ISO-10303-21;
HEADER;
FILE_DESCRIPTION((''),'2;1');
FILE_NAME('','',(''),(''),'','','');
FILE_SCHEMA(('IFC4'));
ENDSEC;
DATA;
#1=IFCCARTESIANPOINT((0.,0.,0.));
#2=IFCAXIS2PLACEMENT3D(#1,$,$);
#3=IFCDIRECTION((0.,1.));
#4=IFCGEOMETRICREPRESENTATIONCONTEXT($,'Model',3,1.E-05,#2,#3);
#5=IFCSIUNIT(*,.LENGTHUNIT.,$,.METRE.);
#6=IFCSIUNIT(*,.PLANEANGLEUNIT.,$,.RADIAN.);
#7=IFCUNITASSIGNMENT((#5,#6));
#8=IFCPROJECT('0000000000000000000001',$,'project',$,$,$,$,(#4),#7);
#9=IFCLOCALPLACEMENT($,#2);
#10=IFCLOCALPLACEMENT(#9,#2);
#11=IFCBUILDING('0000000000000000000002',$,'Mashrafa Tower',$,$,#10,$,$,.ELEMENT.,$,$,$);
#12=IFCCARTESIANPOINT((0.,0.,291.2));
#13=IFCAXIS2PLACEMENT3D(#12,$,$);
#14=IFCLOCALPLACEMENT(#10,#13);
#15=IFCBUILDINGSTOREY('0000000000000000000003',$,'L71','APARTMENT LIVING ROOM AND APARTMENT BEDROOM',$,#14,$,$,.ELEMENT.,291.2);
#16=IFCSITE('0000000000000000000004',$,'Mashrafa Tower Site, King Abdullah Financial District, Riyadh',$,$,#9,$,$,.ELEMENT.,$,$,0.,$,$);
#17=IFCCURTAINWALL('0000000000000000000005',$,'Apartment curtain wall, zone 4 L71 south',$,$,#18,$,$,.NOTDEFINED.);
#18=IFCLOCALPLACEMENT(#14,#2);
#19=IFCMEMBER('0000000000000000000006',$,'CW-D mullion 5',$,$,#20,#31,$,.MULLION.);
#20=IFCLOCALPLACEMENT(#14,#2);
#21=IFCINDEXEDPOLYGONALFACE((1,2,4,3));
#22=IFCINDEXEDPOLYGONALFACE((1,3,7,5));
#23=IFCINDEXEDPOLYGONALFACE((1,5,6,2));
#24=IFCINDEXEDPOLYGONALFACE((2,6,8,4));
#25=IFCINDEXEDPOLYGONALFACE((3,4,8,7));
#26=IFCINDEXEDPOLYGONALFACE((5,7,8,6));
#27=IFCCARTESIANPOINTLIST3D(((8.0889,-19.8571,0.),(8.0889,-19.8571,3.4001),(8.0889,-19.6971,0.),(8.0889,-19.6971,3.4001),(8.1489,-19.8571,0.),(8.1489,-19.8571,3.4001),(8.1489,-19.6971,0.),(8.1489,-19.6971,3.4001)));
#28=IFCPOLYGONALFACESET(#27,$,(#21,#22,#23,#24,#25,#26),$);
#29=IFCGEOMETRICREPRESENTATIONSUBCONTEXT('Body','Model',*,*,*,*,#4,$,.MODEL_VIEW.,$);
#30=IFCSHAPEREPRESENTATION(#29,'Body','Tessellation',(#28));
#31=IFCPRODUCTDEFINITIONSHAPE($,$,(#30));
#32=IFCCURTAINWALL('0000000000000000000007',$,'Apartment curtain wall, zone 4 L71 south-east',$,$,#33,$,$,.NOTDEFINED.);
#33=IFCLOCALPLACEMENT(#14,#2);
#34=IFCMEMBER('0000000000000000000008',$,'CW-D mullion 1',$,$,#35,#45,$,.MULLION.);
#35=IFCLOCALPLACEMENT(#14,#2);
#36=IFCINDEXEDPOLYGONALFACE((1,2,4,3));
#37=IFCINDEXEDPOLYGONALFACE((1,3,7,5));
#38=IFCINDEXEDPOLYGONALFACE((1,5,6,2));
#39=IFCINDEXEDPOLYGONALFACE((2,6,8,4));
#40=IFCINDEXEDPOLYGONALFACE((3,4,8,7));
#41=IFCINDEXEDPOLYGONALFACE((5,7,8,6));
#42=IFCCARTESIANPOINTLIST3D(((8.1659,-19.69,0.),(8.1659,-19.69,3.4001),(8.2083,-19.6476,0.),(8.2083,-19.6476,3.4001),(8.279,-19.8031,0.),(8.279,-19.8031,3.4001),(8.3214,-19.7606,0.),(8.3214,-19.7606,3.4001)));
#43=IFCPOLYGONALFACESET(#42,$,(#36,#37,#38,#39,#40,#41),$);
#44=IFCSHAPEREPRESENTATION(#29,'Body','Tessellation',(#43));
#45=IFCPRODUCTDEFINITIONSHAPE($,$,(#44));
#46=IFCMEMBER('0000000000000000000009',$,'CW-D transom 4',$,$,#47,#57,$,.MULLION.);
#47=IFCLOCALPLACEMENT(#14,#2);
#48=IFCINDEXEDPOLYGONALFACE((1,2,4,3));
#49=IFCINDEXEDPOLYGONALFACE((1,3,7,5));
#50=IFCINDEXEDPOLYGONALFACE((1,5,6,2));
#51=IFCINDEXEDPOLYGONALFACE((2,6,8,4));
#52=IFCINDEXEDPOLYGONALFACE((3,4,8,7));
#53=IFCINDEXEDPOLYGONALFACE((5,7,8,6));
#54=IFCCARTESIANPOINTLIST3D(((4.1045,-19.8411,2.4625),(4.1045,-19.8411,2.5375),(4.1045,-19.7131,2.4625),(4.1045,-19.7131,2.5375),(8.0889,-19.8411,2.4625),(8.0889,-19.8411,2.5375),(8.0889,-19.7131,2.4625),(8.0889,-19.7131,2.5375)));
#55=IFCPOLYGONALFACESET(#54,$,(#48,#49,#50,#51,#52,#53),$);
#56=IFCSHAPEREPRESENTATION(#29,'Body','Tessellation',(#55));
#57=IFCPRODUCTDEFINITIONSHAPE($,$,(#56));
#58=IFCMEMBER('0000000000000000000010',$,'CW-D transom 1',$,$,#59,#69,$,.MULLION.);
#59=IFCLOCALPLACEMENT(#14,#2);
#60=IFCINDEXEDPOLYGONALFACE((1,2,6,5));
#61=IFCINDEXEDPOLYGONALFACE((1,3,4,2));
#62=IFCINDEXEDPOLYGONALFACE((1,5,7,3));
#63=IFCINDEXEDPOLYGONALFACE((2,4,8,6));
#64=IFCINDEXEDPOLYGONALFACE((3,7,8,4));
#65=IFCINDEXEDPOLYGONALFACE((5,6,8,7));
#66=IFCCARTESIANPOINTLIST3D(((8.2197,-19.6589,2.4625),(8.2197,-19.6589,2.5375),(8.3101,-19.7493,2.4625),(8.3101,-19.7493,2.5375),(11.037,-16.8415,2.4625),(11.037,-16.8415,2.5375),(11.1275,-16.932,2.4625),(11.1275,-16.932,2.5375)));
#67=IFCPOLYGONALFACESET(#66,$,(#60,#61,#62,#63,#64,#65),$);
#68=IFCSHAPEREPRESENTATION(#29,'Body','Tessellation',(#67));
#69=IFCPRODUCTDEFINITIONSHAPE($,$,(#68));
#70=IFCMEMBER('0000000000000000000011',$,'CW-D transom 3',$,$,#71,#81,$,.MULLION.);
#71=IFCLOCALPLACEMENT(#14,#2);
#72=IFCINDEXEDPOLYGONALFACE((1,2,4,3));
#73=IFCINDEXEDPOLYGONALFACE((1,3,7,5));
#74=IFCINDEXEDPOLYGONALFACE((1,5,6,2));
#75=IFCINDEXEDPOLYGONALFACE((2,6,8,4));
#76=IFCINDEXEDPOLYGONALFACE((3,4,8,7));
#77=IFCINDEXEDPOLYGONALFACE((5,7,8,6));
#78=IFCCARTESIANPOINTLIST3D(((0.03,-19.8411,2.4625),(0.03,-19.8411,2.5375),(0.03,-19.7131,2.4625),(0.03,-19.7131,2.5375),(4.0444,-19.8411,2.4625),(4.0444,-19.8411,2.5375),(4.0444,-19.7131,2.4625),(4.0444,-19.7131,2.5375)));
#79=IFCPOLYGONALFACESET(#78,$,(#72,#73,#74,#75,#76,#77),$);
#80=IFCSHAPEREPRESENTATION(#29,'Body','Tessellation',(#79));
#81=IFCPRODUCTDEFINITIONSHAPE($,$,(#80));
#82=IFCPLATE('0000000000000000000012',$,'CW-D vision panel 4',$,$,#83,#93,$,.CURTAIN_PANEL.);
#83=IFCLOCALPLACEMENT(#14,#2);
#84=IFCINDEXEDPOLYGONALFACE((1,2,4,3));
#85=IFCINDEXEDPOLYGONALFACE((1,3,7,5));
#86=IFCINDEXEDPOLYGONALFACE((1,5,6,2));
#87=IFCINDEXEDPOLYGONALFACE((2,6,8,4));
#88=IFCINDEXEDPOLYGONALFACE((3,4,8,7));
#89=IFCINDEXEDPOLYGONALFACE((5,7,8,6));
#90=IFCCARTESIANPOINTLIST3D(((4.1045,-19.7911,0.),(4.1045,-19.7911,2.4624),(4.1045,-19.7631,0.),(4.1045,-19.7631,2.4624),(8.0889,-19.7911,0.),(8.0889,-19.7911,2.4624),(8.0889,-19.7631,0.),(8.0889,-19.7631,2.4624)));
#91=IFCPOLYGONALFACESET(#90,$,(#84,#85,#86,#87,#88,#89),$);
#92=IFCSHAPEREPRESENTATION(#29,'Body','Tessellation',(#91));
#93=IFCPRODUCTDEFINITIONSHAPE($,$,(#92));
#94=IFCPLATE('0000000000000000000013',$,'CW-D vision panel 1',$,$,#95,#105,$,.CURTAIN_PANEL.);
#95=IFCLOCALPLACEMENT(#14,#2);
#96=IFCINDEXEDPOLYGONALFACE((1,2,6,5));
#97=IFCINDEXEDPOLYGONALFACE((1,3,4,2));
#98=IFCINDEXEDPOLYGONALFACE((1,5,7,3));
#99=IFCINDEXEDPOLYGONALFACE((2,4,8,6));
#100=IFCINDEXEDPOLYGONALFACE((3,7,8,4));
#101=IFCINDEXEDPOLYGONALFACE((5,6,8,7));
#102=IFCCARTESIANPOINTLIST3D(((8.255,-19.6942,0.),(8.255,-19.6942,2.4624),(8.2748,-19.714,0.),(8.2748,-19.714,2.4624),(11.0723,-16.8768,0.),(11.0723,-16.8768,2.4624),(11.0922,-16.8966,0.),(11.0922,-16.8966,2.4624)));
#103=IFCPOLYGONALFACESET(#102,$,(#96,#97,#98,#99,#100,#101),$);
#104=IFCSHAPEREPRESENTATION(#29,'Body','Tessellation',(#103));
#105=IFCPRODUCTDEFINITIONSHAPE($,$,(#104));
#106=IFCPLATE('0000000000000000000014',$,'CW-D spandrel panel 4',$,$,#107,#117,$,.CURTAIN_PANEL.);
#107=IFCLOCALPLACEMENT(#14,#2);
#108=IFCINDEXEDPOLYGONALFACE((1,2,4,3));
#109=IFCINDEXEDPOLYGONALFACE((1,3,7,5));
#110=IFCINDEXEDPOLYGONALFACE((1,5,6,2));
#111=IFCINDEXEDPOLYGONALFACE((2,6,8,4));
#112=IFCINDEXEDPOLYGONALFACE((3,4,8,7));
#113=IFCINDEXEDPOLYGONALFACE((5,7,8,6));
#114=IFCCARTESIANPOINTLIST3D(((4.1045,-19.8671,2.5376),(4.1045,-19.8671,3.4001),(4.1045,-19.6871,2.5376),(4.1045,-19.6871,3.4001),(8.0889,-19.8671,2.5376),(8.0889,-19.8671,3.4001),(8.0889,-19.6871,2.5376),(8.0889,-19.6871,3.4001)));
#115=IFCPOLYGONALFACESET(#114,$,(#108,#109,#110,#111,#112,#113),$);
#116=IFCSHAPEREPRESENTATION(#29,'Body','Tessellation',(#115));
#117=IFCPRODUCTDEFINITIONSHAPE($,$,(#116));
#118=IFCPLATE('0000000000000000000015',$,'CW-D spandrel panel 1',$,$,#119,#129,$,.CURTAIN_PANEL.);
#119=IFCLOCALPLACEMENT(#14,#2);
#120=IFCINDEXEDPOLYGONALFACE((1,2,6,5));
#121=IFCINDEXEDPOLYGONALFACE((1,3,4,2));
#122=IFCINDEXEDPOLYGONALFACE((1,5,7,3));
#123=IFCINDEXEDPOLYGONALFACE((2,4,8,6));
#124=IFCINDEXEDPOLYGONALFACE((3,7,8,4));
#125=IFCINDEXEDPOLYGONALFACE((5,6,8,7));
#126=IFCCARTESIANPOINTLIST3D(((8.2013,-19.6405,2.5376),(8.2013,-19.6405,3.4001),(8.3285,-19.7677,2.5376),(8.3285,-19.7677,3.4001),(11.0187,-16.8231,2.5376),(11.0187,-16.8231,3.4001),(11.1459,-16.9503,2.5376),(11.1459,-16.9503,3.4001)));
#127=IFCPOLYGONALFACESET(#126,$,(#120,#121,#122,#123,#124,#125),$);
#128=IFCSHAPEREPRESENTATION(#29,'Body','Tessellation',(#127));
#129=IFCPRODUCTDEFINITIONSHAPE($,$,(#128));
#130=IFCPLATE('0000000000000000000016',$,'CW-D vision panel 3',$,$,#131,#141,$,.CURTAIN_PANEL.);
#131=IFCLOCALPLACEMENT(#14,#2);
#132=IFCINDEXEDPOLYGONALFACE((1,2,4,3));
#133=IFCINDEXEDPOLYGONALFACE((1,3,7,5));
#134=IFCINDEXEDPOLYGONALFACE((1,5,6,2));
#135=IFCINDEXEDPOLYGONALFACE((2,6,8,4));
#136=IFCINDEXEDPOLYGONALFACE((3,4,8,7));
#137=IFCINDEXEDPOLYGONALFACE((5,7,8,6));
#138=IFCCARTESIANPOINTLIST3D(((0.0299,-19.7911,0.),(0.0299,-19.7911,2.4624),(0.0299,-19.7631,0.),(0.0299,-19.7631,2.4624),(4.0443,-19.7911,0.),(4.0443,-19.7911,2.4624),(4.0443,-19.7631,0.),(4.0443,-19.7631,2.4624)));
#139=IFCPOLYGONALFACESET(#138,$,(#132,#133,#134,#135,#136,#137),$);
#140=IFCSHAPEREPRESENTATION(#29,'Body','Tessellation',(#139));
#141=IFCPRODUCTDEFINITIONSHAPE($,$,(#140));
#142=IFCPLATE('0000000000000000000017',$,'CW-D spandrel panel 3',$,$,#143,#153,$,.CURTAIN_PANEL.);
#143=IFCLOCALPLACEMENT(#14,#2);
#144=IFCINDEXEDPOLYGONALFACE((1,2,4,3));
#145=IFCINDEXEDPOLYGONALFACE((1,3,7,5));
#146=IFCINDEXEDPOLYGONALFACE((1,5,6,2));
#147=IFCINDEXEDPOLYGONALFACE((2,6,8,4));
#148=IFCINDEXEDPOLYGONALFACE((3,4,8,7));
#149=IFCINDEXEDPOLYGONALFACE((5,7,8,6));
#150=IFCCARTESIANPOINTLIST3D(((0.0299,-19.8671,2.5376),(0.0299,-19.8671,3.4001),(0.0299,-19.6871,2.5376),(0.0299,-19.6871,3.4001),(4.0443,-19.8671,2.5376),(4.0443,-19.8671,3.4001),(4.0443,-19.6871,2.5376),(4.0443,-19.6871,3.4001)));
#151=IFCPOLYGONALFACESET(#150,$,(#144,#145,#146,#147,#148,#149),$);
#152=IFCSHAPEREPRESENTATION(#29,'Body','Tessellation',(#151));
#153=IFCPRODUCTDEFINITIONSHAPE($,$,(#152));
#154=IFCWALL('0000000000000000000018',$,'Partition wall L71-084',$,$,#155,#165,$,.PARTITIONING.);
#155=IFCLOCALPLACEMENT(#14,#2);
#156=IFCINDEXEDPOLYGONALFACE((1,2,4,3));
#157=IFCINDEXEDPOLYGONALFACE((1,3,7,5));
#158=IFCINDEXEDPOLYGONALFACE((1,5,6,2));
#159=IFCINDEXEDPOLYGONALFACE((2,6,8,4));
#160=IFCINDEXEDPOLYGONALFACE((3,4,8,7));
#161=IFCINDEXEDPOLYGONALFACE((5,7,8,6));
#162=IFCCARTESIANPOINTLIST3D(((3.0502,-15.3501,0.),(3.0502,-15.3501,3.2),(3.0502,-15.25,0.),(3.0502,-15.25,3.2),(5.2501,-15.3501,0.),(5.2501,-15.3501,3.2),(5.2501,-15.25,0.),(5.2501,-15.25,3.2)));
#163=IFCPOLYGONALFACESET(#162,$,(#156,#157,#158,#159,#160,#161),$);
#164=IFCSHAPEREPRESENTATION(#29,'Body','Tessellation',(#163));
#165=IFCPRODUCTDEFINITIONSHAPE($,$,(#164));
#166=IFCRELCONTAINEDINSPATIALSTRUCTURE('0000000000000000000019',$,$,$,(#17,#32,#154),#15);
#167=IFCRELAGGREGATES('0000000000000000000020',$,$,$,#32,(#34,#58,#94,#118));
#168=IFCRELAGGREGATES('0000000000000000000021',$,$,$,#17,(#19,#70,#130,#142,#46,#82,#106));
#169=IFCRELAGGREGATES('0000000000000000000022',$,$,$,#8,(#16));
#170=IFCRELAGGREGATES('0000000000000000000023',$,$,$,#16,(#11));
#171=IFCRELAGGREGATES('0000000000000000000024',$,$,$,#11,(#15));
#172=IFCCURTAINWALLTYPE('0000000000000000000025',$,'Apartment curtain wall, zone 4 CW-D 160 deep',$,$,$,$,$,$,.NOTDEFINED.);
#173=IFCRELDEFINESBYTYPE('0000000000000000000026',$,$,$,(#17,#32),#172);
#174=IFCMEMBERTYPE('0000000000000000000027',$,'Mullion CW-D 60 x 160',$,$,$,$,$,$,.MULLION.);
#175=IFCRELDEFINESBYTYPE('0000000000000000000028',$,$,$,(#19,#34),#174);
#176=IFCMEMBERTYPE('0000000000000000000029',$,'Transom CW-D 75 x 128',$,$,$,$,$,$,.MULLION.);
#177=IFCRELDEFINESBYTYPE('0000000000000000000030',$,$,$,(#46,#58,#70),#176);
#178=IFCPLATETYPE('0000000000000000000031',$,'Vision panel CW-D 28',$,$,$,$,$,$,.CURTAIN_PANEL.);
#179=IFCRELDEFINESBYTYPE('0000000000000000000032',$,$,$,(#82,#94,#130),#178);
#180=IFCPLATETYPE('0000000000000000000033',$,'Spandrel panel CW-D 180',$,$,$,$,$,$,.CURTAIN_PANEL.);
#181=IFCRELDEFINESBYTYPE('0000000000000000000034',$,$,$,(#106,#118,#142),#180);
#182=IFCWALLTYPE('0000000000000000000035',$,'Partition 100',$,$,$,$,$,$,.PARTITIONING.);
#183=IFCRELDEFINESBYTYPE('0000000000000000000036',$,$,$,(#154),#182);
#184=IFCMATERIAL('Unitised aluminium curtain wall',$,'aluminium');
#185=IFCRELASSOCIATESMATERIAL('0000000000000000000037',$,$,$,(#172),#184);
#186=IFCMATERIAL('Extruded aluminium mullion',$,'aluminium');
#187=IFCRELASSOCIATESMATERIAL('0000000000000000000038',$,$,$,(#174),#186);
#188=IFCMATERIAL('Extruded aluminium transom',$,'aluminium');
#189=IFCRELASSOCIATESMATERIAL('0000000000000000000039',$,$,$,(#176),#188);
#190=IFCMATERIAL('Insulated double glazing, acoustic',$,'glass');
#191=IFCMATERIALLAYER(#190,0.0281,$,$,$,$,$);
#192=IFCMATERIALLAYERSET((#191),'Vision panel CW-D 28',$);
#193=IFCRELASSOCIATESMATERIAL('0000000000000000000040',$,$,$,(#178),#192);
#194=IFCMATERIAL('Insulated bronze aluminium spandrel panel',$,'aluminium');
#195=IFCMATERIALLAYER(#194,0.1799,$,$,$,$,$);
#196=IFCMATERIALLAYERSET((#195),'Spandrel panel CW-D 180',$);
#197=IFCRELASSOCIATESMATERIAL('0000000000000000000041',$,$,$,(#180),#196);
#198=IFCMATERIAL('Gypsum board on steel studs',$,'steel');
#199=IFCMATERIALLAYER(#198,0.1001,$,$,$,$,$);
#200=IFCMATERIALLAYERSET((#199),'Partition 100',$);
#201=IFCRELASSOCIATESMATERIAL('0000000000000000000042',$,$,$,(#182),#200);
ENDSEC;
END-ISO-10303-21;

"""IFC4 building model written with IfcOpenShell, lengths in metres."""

from ifc_helpers import new_model, si_unit, direction, frame, frame_2d, origin, origin_2d, place, context, subcontext, project, spatial, rectangle, extrude, source, transform, mapped, material, layer, layer_set, material_profile, profile_set, type_object, type_shapes, element, aggregate, save


model = new_model("IFC4")

# Units and contexts
model_context = context("Model", 3, precision=1e-05, world=origin(), true_north=direction((0.0, 1.0)))
body_context = subcontext(model_context, "Body", "Model", "MODEL_VIEW")
ifc_project = project(units=[si_unit("LENGTHUNIT", "METRE"), si_unit("PLANEANGLEUNIT", "RADIAN")], contexts=[model_context])

# Site, building, storey
site_placement = place(None, origin())
site = spatial("IfcSite", under=ifc_project, at=site_placement, Name="Mashrafa Tower Site, King Abdullah Financial District, Riyadh", CompositionType="ELEMENT", RefElevation=0.0)
building_placement = place(site_placement, origin())
building = spatial("IfcBuilding", under=site, at=building_placement, Name="Mashrafa Tower", CompositionType="ELEMENT")
storey_placement = place(building_placement, frame((0.0, 0.0, 291.2)))
storey = spatial("IfcBuildingStorey", under=building, at=storey_placement, Name="L71", Description="APARTMENT LIVING ROOM AND APARTMENT BEDROOM", CompositionType="ELEMENT", Elevation=291.2)

# Curtain wall, member
ifc_material_1 = material(Name="Unitised aluminium curtain wall", Category="aluminium")
curtain_wall_type = type_object("IfcCurtainWallType", Name="Apartment curtain wall, zone 4 CW-D 160 deep", PredefinedType="NOTDEFINED", material=ifc_material_1)
curtain_wall_1_placement = place(storey_placement, origin())
curtain_wall_1 = element("IfcCurtainWall", 1, at=curtain_wall_1_placement, inside=storey, type_object=curtain_wall_type, Name="Apartment curtain wall, zone 4 L71 south", PredefinedType="NOTDEFINED")
ifc_material_2 = material(Name="Extruded aluminium mullion", Category="aluminium")
ifc_material_profile_1 = material_profile(ifc_material_2, rectangle(XDim=0.1599, YDim=0.0601, at=origin_2d()), Name="Mullion 60x160")
ifc_profile_set_1 = profile_set([ifc_material_profile_1], Name="Extruded aluminium mullion")
member_type_1 = type_object("IfcMemberType", Name="Mullion CW-D 60 x 160", PredefinedType="MULLION", material=ifc_profile_set_1)
shared_shape_1 = source(origin(), body_context, "Body", "SweptSolid", [
    extrude(rectangle(XDim=0.1599, YDim=0.0601, at=origin_2d()), origin(), (0.0, 0.0, 1.0), 3.4001),
])
type_shapes(member_type_1, [shared_shape_1])
member_1_placement = place(storey_placement, frame((8.1189, -19.7771, 0.0), z_axis=(0.0, 0.0, 1.0), x_axis=(0.0, 1.0, 0.0)))
member_1 = element("IfcMember", 2, at=member_1_placement, type_object=member_type_1, Name="CW-D mullion 5", PredefinedType="MULLION", context=body_context, shape_type="MappedRepresentation", body=[
    mapped(shared_shape_1, transform((0.0, 0.0, 0.0))),
])

# Curtain wall, member
curtain_wall_2_placement = place(storey_placement, origin())
curtain_wall_2 = element("IfcCurtainWall", 3, at=curtain_wall_2_placement, inside=storey, type_object=curtain_wall_type, Name="Apartment curtain wall, zone 4 L71 south-east", PredefinedType="NOTDEFINED")
member_2_placement = place(storey_placement, frame((8.2437, -19.7253, 0.0), z_axis=(0.0, 0.0, 1.0), x_axis=(-0.707107, 0.707107, 0.0)))
member_2 = element("IfcMember", 4, at=member_2_placement, type_object=member_type_1, Name="CW-D mullion 1", PredefinedType="MULLION", context=body_context, shape_type="MappedRepresentation", body=[
    mapped(shared_shape_1, transform((0.0, 0.0, 0.0))),
])

# Members
ifc_material_3 = material(Name="Extruded aluminium transom", Category="aluminium")
ifc_material_profile_2 = material_profile(ifc_material_3, rectangle(XDim=0.1279, YDim=0.075, at=origin_2d()), Name="Transom 75x128")
ifc_profile_set_2 = profile_set([ifc_material_profile_2], Name="Extruded aluminium transom")
member_type_2 = type_object("IfcMemberType", Name="Transom CW-D 75 x 128", PredefinedType="MULLION", material=ifc_profile_set_2)
shared_shape_2 = source(origin(), body_context, "Body", "SweptSolid", [
    extrude(rectangle(XDim=0.1279, YDim=0.075, at=origin_2d()), origin(), (0.0, 0.0, 1.0), 3.9844),
])
member_3_placement = place(storey_placement, frame((4.1045, -19.7771, 2.5), z_axis=(1.0, 0.0, 0.0), x_axis=(0.0, 1.0, 0.0)))
member_3 = element("IfcMember", 5, at=member_3_placement, type_object=member_type_2, Name="CW-D transom 4", PredefinedType="MULLION", context=body_context, shape_type="MappedRepresentation", body=[
    mapped(shared_shape_2, transform((0.0, 0.0, 0.0))),
])
member_4_placement = place(storey_placement, frame((8.2649, -19.7041, 2.5), z_axis=(0.707107, 0.707107, 0.0), x_axis=(-0.707107, 0.707107, 0.0)))
member_4 = element("IfcMember", 6, at=member_4_placement, type_object=member_type_2, Name="CW-D transom 1", PredefinedType="MULLION", context=body_context, shape_type="MappedRepresentation", body=[
    mapped(shared_shape_2, transform((0.0, 0.0, 0.0))),
])
shared_shape_3 = source(origin(), body_context, "Body", "SweptSolid", [
    extrude(rectangle(XDim=0.1279, YDim=0.075, at=origin_2d()), origin(), (0.0, 0.0, 1.0), 4.0144),
])
type_shapes(member_type_2, [shared_shape_2, shared_shape_3])
member_5_placement = place(storey_placement, frame((0.03, -19.7771, 2.5), z_axis=(1.0, 0.0, 0.0), x_axis=(0.0, 1.0, 0.0)))
member_5 = element("IfcMember", 7, at=member_5_placement, type_object=member_type_2, Name="CW-D transom 3", PredefinedType="MULLION", context=body_context, shape_type="MappedRepresentation", body=[
    mapped(shared_shape_3, transform((0.0, 0.0, 0.0))),
])

# Plates
ifc_material_4 = material(Name="Insulated double glazing, acoustic", Category="glass")
ifc_layer_1 = layer(ifc_material_4, 0.0281)
ifc_layer_set_1 = layer_set([ifc_layer_1], Name="Vision panel CW-D 28")
plate_type_1 = type_object("IfcPlateType", Name="Vision panel CW-D 28", PredefinedType="CURTAIN_PANEL", material=ifc_layer_set_1)
shared_shape_4 = source(origin(), body_context, "Body", "SweptSolid", [
    extrude(rectangle(XDim=3.9844, YDim=0.0281, at=origin_2d()), origin(), (0.0, 0.0, 1.0), 2.4624),
])
plate_1_placement = place(storey_placement, frame((6.0967, -19.7771, 0.0), z_axis=(0.0, 0.0, 1.0), x_axis=(1.0, 0.0, 0.0)))
plate_1 = element("IfcPlate", 8, at=plate_1_placement, type_object=plate_type_1, Name="CW-D vision panel 4", PredefinedType="CURTAIN_PANEL", context=body_context, shape_type="MappedRepresentation", body=[
    mapped(shared_shape_4, transform((0.0, 0.0, 0.0))),
])
plate_2_placement = place(storey_placement, frame((9.6736, -18.2954, 0.0), z_axis=(0.0, 0.0, 1.0), x_axis=(0.707107, 0.707107, 0.0)))
plate_2 = element("IfcPlate", 9, at=plate_2_placement, type_object=plate_type_1, Name="CW-D vision panel 1", PredefinedType="CURTAIN_PANEL", context=body_context, shape_type="MappedRepresentation", body=[
    mapped(shared_shape_4, transform((0.0, 0.0, 0.0))),
])
ifc_material_5 = material(Name="Insulated bronze aluminium spandrel panel", Category="aluminium")
ifc_layer_2 = layer(ifc_material_5, 0.1799)
ifc_layer_set_2 = layer_set([ifc_layer_2], Name="Spandrel panel CW-D 180")
plate_type_2 = type_object("IfcPlateType", Name="Spandrel panel CW-D 180", PredefinedType="CURTAIN_PANEL", material=ifc_layer_set_2)
shared_shape_5 = source(origin(), body_context, "Body", "SweptSolid", [
    extrude(rectangle(XDim=3.9844, YDim=0.1799, at=origin_2d()), origin(), (0.0, 0.0, 1.0), 0.8625),
])
plate_3_placement = place(storey_placement, frame((6.0967, -19.7771, 2.5376), z_axis=(0.0, 0.0, 1.0), x_axis=(1.0, 0.0, 0.0)))
plate_3 = element("IfcPlate", 10, at=plate_3_placement, type_object=plate_type_2, Name="CW-D spandrel panel 4", PredefinedType="CURTAIN_PANEL", context=body_context, shape_type="MappedRepresentation", body=[
    mapped(shared_shape_5, transform((0.0, 0.0, 0.0))),
])
plate_4_placement = place(storey_placement, frame((9.6736, -18.2954, 2.5376), z_axis=(0.0, 0.0, 1.0), x_axis=(0.707107, 0.707107, 0.0)))
plate_4 = element("IfcPlate", 11, at=plate_4_placement, type_object=plate_type_2, Name="CW-D spandrel panel 1", PredefinedType="CURTAIN_PANEL", context=body_context, shape_type="MappedRepresentation", body=[
    mapped(shared_shape_5, transform((0.0, 0.0, 0.0))),
])
aggregate(curtain_wall_2, [member_2, member_4, plate_2, plate_4])
shared_shape_6 = source(origin(), body_context, "Body", "SweptSolid", [
    extrude(rectangle(XDim=4.0144, YDim=0.0281, at=origin_2d()), origin(), (0.0, 0.0, 1.0), 2.4624),
])
type_shapes(plate_type_1, [shared_shape_4, shared_shape_6])
plate_5_placement = place(storey_placement, frame((2.0371, -19.7771, 0.0), z_axis=(0.0, 0.0, 1.0), x_axis=(1.0, 0.0, 0.0)))
plate_5 = element("IfcPlate", 12, at=plate_5_placement, type_object=plate_type_1, Name="CW-D vision panel 3", PredefinedType="CURTAIN_PANEL", context=body_context, shape_type="MappedRepresentation", body=[
    mapped(shared_shape_6, transform((0.0, 0.0, 0.0))),
])
shared_shape_7 = source(origin(), body_context, "Body", "SweptSolid", [
    extrude(rectangle(XDim=4.0144, YDim=0.1799, at=origin_2d()), origin(), (0.0, 0.0, 1.0), 0.8625),
])
type_shapes(plate_type_2, [shared_shape_5, shared_shape_7])
plate_6_placement = place(storey_placement, frame((2.0371, -19.7771, 2.5376), z_axis=(0.0, 0.0, 1.0), x_axis=(1.0, 0.0, 0.0)))
plate_6 = element("IfcPlate", 13, at=plate_6_placement, type_object=plate_type_2, Name="CW-D spandrel panel 3", PredefinedType="CURTAIN_PANEL", context=body_context, shape_type="MappedRepresentation", body=[
    mapped(shared_shape_7, transform((0.0, 0.0, 0.0))),
])
aggregate(curtain_wall_1, [member_1, member_5, plate_5, plate_6, member_3, plate_1, plate_3])

# Wall
ifc_material_6 = material(Name="Gypsum board on steel studs", Category="steel")
ifc_layer_3 = layer(ifc_material_6, 0.1001)
ifc_layer_set_3 = layer_set([ifc_layer_3], Name="Partition 100")
wall_type = type_object("IfcWallType", Name="Partition 100", PredefinedType="PARTITIONING", material=ifc_layer_set_3)
wall_1_placement = place(storey_placement, frame((3.05, -15.3, 0.0), z_axis=(0.0, 0.0, 1.0), x_axis=(1.0, 0.0, 0.0)))
element("IfcWall", 14, at=wall_1_placement, inside=storey, type_object=wall_type, Name="Partition wall L71-084", PredefinedType="PARTITIONING", context=body_context, shape_type="SweptSolid", body=[
    extrude(rectangle(XDim=2.2, YDim=0.1001, at=frame_2d((1.1001, 0.0))), origin(), (0.0, 0.0, 1.0), 3.2),
])

save(model, "model.ifc")
